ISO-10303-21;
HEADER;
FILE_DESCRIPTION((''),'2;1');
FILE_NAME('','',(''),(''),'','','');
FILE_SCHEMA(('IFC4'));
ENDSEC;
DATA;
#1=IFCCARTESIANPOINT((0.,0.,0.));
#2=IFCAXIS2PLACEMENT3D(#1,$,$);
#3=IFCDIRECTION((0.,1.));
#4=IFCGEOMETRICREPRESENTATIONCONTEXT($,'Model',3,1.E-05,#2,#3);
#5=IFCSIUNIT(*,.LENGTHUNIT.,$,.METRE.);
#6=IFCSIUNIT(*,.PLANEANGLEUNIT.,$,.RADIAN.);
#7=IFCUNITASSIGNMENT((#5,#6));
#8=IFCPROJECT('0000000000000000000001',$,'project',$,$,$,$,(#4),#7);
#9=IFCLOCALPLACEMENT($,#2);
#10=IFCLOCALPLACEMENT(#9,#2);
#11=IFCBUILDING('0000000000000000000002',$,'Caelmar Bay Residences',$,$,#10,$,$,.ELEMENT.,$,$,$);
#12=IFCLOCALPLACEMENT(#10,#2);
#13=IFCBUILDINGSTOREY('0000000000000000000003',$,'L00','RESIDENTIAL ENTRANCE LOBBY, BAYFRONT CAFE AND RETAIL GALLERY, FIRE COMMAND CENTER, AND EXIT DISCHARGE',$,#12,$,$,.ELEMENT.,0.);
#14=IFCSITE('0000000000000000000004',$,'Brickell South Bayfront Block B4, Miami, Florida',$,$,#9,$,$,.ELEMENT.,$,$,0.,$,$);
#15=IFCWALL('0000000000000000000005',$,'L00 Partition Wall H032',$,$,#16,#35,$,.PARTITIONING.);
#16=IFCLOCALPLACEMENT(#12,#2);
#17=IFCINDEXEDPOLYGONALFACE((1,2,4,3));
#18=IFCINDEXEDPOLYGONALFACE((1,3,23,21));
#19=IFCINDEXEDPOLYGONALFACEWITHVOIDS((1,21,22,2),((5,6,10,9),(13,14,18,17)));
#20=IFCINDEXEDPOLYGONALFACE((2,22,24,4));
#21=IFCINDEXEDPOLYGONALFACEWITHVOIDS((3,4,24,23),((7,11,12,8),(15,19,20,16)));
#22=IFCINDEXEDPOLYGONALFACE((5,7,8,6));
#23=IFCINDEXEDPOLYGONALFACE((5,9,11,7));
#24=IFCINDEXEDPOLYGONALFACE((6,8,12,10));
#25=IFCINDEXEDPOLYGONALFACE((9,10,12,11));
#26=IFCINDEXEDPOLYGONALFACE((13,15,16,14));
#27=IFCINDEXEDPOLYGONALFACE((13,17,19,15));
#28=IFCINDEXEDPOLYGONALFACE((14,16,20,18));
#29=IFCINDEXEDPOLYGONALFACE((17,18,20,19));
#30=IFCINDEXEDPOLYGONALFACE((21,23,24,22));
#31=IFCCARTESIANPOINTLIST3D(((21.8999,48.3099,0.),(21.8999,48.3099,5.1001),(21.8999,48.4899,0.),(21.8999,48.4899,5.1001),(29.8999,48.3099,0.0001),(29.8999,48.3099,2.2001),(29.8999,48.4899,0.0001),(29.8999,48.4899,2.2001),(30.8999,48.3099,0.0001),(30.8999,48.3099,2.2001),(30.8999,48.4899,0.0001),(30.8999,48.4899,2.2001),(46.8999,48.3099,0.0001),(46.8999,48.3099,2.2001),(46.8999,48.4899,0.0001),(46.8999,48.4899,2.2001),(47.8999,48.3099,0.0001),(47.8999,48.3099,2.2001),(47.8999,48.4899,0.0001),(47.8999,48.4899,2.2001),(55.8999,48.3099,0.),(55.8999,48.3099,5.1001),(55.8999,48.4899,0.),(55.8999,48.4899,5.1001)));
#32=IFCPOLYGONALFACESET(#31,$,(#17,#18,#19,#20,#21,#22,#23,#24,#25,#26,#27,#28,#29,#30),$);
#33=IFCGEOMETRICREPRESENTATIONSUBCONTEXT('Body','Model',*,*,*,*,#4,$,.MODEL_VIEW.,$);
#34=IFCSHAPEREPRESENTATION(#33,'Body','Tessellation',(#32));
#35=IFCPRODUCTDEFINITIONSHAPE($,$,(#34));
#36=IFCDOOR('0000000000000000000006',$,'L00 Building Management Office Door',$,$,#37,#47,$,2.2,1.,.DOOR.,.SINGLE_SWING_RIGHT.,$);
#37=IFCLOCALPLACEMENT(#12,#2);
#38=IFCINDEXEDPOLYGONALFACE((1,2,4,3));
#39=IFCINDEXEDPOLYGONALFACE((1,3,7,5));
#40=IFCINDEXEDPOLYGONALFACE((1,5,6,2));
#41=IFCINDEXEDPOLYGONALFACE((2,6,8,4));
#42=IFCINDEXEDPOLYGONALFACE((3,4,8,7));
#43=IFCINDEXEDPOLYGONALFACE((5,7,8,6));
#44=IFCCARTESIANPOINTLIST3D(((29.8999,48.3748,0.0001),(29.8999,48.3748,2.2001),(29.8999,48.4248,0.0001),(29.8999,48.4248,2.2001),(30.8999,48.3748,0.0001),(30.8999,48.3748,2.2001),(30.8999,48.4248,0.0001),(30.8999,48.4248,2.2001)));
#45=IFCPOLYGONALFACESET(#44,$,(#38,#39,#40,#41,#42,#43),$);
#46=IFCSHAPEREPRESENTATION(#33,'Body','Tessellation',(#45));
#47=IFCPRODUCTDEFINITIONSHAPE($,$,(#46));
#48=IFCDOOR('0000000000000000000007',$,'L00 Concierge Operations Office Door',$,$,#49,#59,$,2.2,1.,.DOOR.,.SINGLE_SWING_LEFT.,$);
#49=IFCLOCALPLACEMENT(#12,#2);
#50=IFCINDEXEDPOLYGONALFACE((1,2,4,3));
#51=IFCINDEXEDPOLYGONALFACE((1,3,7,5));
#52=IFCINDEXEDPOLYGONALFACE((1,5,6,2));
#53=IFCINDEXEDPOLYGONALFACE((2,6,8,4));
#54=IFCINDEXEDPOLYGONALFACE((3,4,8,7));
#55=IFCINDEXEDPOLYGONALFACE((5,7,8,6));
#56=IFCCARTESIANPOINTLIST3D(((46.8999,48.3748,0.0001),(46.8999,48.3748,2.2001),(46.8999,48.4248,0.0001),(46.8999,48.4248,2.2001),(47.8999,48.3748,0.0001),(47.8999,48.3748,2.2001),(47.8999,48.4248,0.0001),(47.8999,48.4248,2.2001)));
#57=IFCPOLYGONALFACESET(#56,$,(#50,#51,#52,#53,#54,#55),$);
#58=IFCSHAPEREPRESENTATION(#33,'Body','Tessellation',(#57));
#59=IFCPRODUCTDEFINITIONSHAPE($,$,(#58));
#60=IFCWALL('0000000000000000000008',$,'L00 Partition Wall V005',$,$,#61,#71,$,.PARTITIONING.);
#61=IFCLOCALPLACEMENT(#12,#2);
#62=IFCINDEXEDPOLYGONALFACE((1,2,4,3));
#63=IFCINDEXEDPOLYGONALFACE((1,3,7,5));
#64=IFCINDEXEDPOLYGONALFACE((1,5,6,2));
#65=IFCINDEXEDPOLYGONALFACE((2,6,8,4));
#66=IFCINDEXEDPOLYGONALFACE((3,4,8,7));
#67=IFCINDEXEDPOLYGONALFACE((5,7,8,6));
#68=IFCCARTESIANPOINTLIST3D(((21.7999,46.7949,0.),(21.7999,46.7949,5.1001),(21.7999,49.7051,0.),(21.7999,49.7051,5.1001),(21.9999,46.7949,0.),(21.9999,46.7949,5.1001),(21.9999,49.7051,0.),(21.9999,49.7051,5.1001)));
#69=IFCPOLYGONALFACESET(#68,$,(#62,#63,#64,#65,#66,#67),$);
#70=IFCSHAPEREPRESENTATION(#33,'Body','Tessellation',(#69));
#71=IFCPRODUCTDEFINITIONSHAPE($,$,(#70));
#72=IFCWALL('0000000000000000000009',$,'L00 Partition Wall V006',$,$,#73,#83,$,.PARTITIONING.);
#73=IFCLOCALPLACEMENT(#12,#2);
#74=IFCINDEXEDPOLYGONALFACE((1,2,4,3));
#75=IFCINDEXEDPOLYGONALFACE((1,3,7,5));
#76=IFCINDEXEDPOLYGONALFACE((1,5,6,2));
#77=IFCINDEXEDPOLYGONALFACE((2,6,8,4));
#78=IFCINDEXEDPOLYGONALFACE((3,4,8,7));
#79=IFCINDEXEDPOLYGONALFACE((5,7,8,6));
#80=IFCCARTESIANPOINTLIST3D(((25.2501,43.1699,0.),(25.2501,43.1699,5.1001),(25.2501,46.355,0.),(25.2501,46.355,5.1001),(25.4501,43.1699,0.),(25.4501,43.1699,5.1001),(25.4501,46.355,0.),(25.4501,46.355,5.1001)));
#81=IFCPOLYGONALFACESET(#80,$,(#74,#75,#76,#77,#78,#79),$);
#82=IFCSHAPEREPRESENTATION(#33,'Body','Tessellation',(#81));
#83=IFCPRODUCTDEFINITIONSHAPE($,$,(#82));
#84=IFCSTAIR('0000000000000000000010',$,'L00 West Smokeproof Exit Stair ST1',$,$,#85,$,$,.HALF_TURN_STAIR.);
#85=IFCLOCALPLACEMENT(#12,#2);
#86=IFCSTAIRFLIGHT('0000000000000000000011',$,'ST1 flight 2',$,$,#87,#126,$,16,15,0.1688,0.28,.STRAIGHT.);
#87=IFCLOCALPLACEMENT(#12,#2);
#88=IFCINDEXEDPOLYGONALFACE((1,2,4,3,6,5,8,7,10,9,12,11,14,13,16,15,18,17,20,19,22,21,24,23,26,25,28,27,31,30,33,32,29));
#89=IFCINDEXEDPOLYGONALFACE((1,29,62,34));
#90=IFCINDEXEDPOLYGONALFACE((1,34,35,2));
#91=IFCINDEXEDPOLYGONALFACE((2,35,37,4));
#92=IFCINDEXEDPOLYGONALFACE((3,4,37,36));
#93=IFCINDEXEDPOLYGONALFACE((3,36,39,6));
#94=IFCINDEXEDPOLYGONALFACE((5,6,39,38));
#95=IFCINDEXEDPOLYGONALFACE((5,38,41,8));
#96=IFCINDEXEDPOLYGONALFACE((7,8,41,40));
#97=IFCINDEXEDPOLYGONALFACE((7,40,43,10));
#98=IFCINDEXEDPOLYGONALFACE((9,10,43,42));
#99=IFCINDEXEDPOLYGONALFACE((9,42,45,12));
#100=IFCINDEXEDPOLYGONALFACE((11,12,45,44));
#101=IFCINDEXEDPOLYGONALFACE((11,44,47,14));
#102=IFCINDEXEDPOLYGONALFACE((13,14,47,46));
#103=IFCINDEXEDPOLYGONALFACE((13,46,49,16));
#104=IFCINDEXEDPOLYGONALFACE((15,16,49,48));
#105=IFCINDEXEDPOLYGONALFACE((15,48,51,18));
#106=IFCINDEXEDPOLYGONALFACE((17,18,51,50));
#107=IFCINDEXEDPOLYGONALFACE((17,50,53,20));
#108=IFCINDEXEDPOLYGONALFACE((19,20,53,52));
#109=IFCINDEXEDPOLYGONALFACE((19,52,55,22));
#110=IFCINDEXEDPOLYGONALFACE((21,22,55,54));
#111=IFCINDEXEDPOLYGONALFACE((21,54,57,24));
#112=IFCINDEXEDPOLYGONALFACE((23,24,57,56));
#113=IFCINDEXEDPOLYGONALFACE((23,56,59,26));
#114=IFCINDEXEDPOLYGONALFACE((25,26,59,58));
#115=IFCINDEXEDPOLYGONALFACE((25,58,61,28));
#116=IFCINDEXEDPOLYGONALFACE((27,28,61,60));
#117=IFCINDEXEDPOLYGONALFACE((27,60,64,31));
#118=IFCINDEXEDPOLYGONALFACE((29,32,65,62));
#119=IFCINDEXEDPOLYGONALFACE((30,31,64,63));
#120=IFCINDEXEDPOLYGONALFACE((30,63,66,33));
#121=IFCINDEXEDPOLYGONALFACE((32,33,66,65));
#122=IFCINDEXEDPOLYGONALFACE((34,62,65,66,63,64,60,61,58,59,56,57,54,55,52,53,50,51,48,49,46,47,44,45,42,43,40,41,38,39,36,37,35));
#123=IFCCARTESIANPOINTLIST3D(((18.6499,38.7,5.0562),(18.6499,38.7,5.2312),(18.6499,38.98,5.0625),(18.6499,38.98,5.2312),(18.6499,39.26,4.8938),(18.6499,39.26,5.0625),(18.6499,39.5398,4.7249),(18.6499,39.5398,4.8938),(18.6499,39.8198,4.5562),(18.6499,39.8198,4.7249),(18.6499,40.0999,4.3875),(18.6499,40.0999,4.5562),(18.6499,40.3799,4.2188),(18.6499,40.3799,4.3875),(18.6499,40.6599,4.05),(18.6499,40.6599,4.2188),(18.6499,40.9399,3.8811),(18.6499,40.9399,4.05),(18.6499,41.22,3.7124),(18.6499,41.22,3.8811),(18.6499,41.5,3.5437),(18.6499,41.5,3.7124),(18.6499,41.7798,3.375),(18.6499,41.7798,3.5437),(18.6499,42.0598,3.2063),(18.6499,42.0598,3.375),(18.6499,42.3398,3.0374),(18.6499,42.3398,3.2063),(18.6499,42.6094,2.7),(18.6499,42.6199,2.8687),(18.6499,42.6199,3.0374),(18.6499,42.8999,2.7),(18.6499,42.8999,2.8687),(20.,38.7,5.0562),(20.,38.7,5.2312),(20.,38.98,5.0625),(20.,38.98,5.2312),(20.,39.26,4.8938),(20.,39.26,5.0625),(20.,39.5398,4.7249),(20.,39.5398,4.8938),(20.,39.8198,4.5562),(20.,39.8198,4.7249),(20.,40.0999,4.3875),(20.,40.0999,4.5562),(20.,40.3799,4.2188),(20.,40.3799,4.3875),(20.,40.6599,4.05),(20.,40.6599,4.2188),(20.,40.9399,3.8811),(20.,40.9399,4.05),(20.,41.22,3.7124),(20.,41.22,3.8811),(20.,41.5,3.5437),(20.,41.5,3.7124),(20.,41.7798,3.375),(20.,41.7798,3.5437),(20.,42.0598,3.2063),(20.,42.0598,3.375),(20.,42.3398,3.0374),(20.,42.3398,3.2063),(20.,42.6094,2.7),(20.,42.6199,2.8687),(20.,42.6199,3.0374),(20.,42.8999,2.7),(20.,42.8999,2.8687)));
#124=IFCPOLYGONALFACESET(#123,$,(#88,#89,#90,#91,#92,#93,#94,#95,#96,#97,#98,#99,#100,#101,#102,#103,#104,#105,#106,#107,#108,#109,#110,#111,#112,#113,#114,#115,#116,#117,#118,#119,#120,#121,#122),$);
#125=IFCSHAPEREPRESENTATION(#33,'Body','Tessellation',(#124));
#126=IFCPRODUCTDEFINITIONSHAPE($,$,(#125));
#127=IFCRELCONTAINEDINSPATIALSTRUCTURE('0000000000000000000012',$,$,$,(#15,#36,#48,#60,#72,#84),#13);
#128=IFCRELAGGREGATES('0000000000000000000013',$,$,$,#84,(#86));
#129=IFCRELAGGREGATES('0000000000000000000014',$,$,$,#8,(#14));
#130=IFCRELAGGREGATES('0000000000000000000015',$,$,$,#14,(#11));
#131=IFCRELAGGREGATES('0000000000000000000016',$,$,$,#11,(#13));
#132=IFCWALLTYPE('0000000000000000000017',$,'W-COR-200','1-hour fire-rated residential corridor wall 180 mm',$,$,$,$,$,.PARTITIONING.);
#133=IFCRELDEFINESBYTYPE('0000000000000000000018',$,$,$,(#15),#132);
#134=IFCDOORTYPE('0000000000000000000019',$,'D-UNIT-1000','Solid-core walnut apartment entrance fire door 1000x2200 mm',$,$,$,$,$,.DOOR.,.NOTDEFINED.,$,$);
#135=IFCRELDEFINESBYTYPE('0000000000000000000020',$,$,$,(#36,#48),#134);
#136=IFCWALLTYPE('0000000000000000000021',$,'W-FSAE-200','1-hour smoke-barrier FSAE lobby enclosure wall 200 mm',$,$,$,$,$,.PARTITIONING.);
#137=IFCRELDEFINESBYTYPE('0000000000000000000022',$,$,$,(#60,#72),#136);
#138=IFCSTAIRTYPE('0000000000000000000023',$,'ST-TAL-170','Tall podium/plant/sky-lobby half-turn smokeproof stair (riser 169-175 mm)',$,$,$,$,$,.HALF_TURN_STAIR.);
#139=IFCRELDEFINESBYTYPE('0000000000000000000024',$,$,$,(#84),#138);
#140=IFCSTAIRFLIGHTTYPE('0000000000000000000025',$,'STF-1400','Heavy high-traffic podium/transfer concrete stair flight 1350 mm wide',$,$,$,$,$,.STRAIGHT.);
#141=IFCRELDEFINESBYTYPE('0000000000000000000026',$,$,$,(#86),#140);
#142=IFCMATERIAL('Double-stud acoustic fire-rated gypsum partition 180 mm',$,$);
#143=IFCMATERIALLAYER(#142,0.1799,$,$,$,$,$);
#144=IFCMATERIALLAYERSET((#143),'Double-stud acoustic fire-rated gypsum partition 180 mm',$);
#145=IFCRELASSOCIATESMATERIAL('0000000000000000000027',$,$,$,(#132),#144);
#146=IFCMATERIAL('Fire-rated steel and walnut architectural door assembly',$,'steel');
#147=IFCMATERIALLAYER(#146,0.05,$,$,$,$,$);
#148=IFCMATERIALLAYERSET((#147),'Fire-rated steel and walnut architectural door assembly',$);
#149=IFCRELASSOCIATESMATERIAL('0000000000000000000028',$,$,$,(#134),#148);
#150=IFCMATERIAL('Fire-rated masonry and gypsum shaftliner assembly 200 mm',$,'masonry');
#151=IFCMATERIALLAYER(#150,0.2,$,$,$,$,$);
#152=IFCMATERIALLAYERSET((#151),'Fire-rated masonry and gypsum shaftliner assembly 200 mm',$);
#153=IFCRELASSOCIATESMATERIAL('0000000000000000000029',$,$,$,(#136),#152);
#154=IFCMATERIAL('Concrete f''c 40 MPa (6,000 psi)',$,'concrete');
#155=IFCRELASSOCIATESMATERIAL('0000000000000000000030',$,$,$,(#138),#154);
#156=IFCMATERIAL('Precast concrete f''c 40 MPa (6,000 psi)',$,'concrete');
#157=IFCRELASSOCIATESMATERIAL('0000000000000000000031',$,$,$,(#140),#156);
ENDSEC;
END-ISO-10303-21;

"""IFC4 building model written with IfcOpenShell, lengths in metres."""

from ifc_helpers import new_model, si_unit, direction, frame, frame_2d, origin, place, context, subcontext, project, spatial, polyline, rectangle, outline, extrude, material, layer, layer_set, type_object, element, fill, aggregate, save


model = new_model("IFC4")

# Units and contexts
model_context = context("Model", 3, precision=1e-05, world=origin(), true_north=direction((0.0, 1.0)))
body_context = subcontext(model_context, "Body", "Model", "MODEL_VIEW")
ifc_project = project(units=[si_unit("LENGTHUNIT", "METRE"), si_unit("PLANEANGLEUNIT", "RADIAN")], contexts=[model_context])

# Site, building, storey
site_placement = place(None, origin())
site = spatial("IfcSite", under=ifc_project, at=site_placement, Name="Brickell South Bayfront Block B4, Miami, Florida", CompositionType="ELEMENT", RefElevation=0.0)
building_placement = place(site_placement, origin())
building = spatial("IfcBuilding", under=site, at=building_placement, Name="Caelmar Bay Residences", CompositionType="ELEMENT")
storey_placement = place(building_placement, origin())
storey = spatial("IfcBuildingStorey", under=building, at=storey_placement, Name="L00", Description="RESIDENTIAL ENTRANCE LOBBY, BAYFRONT CAFE AND RETAIL GALLERY, FIRE COMMAND CENTER, AND EXIT DISCHARGE", CompositionType="ELEMENT", Elevation=0.0)

# Wall, openings, doors
ifc_material_1 = material(Name="Fire-rated steel and walnut architectural door assembly", Category="steel")
ifc_material_2 = material(Name="Double-stud acoustic fire-rated gypsum partition 180 mm")
ifc_layer_1 = layer(ifc_material_2, 0.1799)
ifc_layer_set_1 = layer_set([ifc_layer_1], Name="Double-stud acoustic fire-rated gypsum partition 180 mm")
wall_type_1 = type_object("IfcWallType", Name="W-COR-200", Description="1-hour fire-rated residential corridor wall 180 mm", PredefinedType="PARTITIONING", material=ifc_layer_set_1)
wall_1_placement = place(storey_placement, frame((21.8999, 48.3999, 0.0), z_axis=(0.0, 0.0, 1.0), x_axis=(1.0, 0.0, 0.0)))
wall_1 = element("IfcWall", 1, at=wall_1_placement, inside=storey, type_object=wall_type_1, Name="L00 Partition Wall H032", PredefinedType="PARTITIONING", context=body_context, shape_type="SweptSolid", body=[
    extrude(rectangle(XDim=34.0, YDim=0.1799, at=frame_2d((17.0, 0.0))), origin(), (0.0, 0.0, 1.0), 5.1001),
])
opening_1_placement = place(wall_1_placement, frame((8.0, 0.0, 0.0)))
opening_1 = element("IfcOpeningElement", 2, at=opening_1_placement, cuts=wall_1, PredefinedType="OPENING", context=body_context, shape_type="SweptSolid", body=[
    extrude(rectangle(XDim=1.0, YDim=2.2, at=frame_2d((0.5, 1.1001))), frame((0.0, 0.0999, 0.0), z_axis=(0.0, -1.0, 0.0), x_axis=(1.0, 0.0, 0.0)), (0.0, 0.0, 1.0), 0.2),
])
opening_2_placement = place(wall_1_placement, frame((25.0, 0.0, 0.0)))
opening_2 = element("IfcOpeningElement", 3, at=opening_2_placement, cuts=wall_1, PredefinedType="OPENING", context=body_context, shape_type="SweptSolid", body=[
    extrude(rectangle(XDim=1.0, YDim=2.2, at=frame_2d((0.5, 1.1001))), frame((0.0, 0.0999, 0.0), z_axis=(0.0, -1.0, 0.0), x_axis=(1.0, 0.0, 0.0)), (0.0, 0.0, 1.0), 0.2),
])
ifc_layer_2 = layer(ifc_material_1, 0.05)
ifc_layer_set_2 = layer_set([ifc_layer_2], Name="Fire-rated steel and walnut architectural door assembly")
door_type_1 = type_object("IfcDoorType", Name="D-UNIT-1000", Description="Solid-core walnut apartment entrance fire door 1000x2200 mm", OperationType="NOTDEFINED", PredefinedType="DOOR", material=ifc_layer_set_2)
door_1_placement = place(opening_1_placement, origin())
door_1 = element("IfcDoor", 4, at=door_1_placement, inside=storey, type_object=door_type_1, Name="L00 Building Management Office Door", OperationType="SINGLE_SWING_RIGHT", OverallHeight=2.2, OverallWidth=1.0, PredefinedType="DOOR", context=body_context, shape_type="SweptSolid", body=[
    extrude(rectangle(XDim=1.0, YDim=2.2, at=frame_2d((0.5, 1.1001))), frame((0.0, 0.0249, 0.0), z_axis=(0.0, -1.0, 0.0), x_axis=(1.0, 0.0, 0.0)), (0.0, 0.0, 1.0), 0.05),
])
fill(opening_1, door_1)
door_2_placement = place(opening_2_placement, origin())
door_2 = element("IfcDoor", 5, at=door_2_placement, inside=storey, type_object=door_type_1, Name="L00 Concierge Operations Office Door", OperationType="SINGLE_SWING_LEFT", OverallHeight=2.2, OverallWidth=1.0, PredefinedType="DOOR", context=body_context, shape_type="SweptSolid", body=[
    extrude(rectangle(XDim=1.0, YDim=2.2, at=frame_2d((0.5, 1.1001))), frame((0.0, 0.0249, 0.0), z_axis=(0.0, -1.0, 0.0), x_axis=(1.0, 0.0, 0.0)), (0.0, 0.0, 1.0), 0.05),
])
fill(opening_2, door_2)

# Walls
ifc_material_3 = material(Name="Fire-rated masonry and gypsum shaftliner assembly 200 mm", Category="masonry")
ifc_layer_3 = layer(ifc_material_3, 0.2)
ifc_layer_set_3 = layer_set([ifc_layer_3], Name="Fire-rated masonry and gypsum shaftliner assembly 200 mm")
wall_type_2 = type_object("IfcWallType", Name="W-FSAE-200", Description="1-hour smoke-barrier FSAE lobby enclosure wall 200 mm", PredefinedType="PARTITIONING", material=ifc_layer_set_3)
wall_2_placement = place(storey_placement, frame((21.8999, 46.7949, 0.0), z_axis=(0.0, 0.0, 1.0), x_axis=(0.0, 1.0, 0.0)))
element("IfcWall", 6, at=wall_2_placement, inside=storey, type_object=wall_type_2, Name="L00 Partition Wall V005", PredefinedType="PARTITIONING", context=body_context, shape_type="SweptSolid", body=[
    extrude(rectangle(XDim=2.9102, YDim=0.2, at=frame_2d((1.4551, 0.0))), origin(), (0.0, 0.0, 1.0), 5.1001),
])
wall_3_placement = place(storey_placement, frame((25.3501, 43.1699, 0.0), z_axis=(0.0, 0.0, 1.0), x_axis=(0.0, 1.0, 0.0)))
element("IfcWall", 7, at=wall_3_placement, inside=storey, type_object=wall_type_2, Name="L00 Partition Wall V006", PredefinedType="PARTITIONING", context=body_context, shape_type="SweptSolid", body=[
    extrude(rectangle(XDim=3.1851, YDim=0.2, at=frame_2d((1.5925, 0.0))), origin(), (0.0, 0.0, 1.0), 5.1001),
])

# Stair, stair flight
ifc_material_4 = material(Name="Concrete f'c 40 MPa (6,000 psi)", Category="concrete")
stair_type = type_object("IfcStairType", Name="ST-TAL-170", Description="Tall podium/plant/sky-lobby half-turn smokeproof stair (riser 169-175 mm)", PredefinedType="HALF_TURN_STAIR", material=ifc_material_4)
stair_placement = place(storey_placement, origin())
stair = element("IfcStair", 8, at=stair_placement, inside=storey, type_object=stair_type, Name="L00 West Smokeproof Exit Stair ST1", PredefinedType="HALF_TURN_STAIR")
ifc_material_5 = material(Name="Precast concrete f'c 40 MPa (6,000 psi)", Category="concrete")
stair_flight_type = type_object("IfcStairFlightType", Name="STF-1400", Description="Heavy high-traffic podium/transfer concrete stair flight 1350 mm wide", PredefinedType="STRAIGHT", material=ifc_material_5)
stair_flight_placement = place(storey_placement, frame((19.325, 42.8999, 2.7), z_axis=(0.0, 0.0, 1.0), x_axis=(0.0, -1.0, 0.0)))
stair_flight = element("IfcStairFlight", 9, at=stair_flight_placement, type_object=stair_flight_type, Name="ST1 flight 2", NumberOfRisers=16, NumberOfTreads=15, PredefinedType="STRAIGHT", RiserHeight=0.1688, TreadLength=0.28, context=body_context, shape_type="SweptSolid", body=[
    extrude(outline(polyline([(0.0, 0.0), (0.0, 0.1687), (0.28, 0.1687), (0.28, 0.3374), (0.5601, 0.3374), (0.5601, 0.5063), (0.8401, 0.5063), (0.8401, 0.675), (1.1201, 0.675), (1.1201, 0.8438), (1.3999, 0.8438), (1.3999, 1.0125), (1.6799, 1.0125), (1.6799, 1.1812), (1.96, 1.1812), (1.96, 1.3501), (2.24, 1.3501), (2.24, 1.5188), (2.52, 1.5188), (2.52, 1.6875), (2.8, 1.6875), (2.8, 1.8562), (3.0801, 1.8562), (3.0801, 2.0249), (3.3601, 2.0249), (3.3601, 2.1938), (3.6399, 2.1938), (3.6399, 2.3625), (3.9199, 2.3625), (3.9199, 2.5312), (4.2, 2.5312), (4.2, 2.7), (4.2, 2.3562), (0.2905, 0.0), (0.0, 0.0)])), frame((0.0, 0.675, 0.0), z_axis=(0.0, -1.0, 0.0), x_axis=(1.0, 0.0, 0.0)), (0.0, 0.0, 1.0), 1.3501),
])
aggregate(stair, [stair_flight])

save(model, "model.ifc")
